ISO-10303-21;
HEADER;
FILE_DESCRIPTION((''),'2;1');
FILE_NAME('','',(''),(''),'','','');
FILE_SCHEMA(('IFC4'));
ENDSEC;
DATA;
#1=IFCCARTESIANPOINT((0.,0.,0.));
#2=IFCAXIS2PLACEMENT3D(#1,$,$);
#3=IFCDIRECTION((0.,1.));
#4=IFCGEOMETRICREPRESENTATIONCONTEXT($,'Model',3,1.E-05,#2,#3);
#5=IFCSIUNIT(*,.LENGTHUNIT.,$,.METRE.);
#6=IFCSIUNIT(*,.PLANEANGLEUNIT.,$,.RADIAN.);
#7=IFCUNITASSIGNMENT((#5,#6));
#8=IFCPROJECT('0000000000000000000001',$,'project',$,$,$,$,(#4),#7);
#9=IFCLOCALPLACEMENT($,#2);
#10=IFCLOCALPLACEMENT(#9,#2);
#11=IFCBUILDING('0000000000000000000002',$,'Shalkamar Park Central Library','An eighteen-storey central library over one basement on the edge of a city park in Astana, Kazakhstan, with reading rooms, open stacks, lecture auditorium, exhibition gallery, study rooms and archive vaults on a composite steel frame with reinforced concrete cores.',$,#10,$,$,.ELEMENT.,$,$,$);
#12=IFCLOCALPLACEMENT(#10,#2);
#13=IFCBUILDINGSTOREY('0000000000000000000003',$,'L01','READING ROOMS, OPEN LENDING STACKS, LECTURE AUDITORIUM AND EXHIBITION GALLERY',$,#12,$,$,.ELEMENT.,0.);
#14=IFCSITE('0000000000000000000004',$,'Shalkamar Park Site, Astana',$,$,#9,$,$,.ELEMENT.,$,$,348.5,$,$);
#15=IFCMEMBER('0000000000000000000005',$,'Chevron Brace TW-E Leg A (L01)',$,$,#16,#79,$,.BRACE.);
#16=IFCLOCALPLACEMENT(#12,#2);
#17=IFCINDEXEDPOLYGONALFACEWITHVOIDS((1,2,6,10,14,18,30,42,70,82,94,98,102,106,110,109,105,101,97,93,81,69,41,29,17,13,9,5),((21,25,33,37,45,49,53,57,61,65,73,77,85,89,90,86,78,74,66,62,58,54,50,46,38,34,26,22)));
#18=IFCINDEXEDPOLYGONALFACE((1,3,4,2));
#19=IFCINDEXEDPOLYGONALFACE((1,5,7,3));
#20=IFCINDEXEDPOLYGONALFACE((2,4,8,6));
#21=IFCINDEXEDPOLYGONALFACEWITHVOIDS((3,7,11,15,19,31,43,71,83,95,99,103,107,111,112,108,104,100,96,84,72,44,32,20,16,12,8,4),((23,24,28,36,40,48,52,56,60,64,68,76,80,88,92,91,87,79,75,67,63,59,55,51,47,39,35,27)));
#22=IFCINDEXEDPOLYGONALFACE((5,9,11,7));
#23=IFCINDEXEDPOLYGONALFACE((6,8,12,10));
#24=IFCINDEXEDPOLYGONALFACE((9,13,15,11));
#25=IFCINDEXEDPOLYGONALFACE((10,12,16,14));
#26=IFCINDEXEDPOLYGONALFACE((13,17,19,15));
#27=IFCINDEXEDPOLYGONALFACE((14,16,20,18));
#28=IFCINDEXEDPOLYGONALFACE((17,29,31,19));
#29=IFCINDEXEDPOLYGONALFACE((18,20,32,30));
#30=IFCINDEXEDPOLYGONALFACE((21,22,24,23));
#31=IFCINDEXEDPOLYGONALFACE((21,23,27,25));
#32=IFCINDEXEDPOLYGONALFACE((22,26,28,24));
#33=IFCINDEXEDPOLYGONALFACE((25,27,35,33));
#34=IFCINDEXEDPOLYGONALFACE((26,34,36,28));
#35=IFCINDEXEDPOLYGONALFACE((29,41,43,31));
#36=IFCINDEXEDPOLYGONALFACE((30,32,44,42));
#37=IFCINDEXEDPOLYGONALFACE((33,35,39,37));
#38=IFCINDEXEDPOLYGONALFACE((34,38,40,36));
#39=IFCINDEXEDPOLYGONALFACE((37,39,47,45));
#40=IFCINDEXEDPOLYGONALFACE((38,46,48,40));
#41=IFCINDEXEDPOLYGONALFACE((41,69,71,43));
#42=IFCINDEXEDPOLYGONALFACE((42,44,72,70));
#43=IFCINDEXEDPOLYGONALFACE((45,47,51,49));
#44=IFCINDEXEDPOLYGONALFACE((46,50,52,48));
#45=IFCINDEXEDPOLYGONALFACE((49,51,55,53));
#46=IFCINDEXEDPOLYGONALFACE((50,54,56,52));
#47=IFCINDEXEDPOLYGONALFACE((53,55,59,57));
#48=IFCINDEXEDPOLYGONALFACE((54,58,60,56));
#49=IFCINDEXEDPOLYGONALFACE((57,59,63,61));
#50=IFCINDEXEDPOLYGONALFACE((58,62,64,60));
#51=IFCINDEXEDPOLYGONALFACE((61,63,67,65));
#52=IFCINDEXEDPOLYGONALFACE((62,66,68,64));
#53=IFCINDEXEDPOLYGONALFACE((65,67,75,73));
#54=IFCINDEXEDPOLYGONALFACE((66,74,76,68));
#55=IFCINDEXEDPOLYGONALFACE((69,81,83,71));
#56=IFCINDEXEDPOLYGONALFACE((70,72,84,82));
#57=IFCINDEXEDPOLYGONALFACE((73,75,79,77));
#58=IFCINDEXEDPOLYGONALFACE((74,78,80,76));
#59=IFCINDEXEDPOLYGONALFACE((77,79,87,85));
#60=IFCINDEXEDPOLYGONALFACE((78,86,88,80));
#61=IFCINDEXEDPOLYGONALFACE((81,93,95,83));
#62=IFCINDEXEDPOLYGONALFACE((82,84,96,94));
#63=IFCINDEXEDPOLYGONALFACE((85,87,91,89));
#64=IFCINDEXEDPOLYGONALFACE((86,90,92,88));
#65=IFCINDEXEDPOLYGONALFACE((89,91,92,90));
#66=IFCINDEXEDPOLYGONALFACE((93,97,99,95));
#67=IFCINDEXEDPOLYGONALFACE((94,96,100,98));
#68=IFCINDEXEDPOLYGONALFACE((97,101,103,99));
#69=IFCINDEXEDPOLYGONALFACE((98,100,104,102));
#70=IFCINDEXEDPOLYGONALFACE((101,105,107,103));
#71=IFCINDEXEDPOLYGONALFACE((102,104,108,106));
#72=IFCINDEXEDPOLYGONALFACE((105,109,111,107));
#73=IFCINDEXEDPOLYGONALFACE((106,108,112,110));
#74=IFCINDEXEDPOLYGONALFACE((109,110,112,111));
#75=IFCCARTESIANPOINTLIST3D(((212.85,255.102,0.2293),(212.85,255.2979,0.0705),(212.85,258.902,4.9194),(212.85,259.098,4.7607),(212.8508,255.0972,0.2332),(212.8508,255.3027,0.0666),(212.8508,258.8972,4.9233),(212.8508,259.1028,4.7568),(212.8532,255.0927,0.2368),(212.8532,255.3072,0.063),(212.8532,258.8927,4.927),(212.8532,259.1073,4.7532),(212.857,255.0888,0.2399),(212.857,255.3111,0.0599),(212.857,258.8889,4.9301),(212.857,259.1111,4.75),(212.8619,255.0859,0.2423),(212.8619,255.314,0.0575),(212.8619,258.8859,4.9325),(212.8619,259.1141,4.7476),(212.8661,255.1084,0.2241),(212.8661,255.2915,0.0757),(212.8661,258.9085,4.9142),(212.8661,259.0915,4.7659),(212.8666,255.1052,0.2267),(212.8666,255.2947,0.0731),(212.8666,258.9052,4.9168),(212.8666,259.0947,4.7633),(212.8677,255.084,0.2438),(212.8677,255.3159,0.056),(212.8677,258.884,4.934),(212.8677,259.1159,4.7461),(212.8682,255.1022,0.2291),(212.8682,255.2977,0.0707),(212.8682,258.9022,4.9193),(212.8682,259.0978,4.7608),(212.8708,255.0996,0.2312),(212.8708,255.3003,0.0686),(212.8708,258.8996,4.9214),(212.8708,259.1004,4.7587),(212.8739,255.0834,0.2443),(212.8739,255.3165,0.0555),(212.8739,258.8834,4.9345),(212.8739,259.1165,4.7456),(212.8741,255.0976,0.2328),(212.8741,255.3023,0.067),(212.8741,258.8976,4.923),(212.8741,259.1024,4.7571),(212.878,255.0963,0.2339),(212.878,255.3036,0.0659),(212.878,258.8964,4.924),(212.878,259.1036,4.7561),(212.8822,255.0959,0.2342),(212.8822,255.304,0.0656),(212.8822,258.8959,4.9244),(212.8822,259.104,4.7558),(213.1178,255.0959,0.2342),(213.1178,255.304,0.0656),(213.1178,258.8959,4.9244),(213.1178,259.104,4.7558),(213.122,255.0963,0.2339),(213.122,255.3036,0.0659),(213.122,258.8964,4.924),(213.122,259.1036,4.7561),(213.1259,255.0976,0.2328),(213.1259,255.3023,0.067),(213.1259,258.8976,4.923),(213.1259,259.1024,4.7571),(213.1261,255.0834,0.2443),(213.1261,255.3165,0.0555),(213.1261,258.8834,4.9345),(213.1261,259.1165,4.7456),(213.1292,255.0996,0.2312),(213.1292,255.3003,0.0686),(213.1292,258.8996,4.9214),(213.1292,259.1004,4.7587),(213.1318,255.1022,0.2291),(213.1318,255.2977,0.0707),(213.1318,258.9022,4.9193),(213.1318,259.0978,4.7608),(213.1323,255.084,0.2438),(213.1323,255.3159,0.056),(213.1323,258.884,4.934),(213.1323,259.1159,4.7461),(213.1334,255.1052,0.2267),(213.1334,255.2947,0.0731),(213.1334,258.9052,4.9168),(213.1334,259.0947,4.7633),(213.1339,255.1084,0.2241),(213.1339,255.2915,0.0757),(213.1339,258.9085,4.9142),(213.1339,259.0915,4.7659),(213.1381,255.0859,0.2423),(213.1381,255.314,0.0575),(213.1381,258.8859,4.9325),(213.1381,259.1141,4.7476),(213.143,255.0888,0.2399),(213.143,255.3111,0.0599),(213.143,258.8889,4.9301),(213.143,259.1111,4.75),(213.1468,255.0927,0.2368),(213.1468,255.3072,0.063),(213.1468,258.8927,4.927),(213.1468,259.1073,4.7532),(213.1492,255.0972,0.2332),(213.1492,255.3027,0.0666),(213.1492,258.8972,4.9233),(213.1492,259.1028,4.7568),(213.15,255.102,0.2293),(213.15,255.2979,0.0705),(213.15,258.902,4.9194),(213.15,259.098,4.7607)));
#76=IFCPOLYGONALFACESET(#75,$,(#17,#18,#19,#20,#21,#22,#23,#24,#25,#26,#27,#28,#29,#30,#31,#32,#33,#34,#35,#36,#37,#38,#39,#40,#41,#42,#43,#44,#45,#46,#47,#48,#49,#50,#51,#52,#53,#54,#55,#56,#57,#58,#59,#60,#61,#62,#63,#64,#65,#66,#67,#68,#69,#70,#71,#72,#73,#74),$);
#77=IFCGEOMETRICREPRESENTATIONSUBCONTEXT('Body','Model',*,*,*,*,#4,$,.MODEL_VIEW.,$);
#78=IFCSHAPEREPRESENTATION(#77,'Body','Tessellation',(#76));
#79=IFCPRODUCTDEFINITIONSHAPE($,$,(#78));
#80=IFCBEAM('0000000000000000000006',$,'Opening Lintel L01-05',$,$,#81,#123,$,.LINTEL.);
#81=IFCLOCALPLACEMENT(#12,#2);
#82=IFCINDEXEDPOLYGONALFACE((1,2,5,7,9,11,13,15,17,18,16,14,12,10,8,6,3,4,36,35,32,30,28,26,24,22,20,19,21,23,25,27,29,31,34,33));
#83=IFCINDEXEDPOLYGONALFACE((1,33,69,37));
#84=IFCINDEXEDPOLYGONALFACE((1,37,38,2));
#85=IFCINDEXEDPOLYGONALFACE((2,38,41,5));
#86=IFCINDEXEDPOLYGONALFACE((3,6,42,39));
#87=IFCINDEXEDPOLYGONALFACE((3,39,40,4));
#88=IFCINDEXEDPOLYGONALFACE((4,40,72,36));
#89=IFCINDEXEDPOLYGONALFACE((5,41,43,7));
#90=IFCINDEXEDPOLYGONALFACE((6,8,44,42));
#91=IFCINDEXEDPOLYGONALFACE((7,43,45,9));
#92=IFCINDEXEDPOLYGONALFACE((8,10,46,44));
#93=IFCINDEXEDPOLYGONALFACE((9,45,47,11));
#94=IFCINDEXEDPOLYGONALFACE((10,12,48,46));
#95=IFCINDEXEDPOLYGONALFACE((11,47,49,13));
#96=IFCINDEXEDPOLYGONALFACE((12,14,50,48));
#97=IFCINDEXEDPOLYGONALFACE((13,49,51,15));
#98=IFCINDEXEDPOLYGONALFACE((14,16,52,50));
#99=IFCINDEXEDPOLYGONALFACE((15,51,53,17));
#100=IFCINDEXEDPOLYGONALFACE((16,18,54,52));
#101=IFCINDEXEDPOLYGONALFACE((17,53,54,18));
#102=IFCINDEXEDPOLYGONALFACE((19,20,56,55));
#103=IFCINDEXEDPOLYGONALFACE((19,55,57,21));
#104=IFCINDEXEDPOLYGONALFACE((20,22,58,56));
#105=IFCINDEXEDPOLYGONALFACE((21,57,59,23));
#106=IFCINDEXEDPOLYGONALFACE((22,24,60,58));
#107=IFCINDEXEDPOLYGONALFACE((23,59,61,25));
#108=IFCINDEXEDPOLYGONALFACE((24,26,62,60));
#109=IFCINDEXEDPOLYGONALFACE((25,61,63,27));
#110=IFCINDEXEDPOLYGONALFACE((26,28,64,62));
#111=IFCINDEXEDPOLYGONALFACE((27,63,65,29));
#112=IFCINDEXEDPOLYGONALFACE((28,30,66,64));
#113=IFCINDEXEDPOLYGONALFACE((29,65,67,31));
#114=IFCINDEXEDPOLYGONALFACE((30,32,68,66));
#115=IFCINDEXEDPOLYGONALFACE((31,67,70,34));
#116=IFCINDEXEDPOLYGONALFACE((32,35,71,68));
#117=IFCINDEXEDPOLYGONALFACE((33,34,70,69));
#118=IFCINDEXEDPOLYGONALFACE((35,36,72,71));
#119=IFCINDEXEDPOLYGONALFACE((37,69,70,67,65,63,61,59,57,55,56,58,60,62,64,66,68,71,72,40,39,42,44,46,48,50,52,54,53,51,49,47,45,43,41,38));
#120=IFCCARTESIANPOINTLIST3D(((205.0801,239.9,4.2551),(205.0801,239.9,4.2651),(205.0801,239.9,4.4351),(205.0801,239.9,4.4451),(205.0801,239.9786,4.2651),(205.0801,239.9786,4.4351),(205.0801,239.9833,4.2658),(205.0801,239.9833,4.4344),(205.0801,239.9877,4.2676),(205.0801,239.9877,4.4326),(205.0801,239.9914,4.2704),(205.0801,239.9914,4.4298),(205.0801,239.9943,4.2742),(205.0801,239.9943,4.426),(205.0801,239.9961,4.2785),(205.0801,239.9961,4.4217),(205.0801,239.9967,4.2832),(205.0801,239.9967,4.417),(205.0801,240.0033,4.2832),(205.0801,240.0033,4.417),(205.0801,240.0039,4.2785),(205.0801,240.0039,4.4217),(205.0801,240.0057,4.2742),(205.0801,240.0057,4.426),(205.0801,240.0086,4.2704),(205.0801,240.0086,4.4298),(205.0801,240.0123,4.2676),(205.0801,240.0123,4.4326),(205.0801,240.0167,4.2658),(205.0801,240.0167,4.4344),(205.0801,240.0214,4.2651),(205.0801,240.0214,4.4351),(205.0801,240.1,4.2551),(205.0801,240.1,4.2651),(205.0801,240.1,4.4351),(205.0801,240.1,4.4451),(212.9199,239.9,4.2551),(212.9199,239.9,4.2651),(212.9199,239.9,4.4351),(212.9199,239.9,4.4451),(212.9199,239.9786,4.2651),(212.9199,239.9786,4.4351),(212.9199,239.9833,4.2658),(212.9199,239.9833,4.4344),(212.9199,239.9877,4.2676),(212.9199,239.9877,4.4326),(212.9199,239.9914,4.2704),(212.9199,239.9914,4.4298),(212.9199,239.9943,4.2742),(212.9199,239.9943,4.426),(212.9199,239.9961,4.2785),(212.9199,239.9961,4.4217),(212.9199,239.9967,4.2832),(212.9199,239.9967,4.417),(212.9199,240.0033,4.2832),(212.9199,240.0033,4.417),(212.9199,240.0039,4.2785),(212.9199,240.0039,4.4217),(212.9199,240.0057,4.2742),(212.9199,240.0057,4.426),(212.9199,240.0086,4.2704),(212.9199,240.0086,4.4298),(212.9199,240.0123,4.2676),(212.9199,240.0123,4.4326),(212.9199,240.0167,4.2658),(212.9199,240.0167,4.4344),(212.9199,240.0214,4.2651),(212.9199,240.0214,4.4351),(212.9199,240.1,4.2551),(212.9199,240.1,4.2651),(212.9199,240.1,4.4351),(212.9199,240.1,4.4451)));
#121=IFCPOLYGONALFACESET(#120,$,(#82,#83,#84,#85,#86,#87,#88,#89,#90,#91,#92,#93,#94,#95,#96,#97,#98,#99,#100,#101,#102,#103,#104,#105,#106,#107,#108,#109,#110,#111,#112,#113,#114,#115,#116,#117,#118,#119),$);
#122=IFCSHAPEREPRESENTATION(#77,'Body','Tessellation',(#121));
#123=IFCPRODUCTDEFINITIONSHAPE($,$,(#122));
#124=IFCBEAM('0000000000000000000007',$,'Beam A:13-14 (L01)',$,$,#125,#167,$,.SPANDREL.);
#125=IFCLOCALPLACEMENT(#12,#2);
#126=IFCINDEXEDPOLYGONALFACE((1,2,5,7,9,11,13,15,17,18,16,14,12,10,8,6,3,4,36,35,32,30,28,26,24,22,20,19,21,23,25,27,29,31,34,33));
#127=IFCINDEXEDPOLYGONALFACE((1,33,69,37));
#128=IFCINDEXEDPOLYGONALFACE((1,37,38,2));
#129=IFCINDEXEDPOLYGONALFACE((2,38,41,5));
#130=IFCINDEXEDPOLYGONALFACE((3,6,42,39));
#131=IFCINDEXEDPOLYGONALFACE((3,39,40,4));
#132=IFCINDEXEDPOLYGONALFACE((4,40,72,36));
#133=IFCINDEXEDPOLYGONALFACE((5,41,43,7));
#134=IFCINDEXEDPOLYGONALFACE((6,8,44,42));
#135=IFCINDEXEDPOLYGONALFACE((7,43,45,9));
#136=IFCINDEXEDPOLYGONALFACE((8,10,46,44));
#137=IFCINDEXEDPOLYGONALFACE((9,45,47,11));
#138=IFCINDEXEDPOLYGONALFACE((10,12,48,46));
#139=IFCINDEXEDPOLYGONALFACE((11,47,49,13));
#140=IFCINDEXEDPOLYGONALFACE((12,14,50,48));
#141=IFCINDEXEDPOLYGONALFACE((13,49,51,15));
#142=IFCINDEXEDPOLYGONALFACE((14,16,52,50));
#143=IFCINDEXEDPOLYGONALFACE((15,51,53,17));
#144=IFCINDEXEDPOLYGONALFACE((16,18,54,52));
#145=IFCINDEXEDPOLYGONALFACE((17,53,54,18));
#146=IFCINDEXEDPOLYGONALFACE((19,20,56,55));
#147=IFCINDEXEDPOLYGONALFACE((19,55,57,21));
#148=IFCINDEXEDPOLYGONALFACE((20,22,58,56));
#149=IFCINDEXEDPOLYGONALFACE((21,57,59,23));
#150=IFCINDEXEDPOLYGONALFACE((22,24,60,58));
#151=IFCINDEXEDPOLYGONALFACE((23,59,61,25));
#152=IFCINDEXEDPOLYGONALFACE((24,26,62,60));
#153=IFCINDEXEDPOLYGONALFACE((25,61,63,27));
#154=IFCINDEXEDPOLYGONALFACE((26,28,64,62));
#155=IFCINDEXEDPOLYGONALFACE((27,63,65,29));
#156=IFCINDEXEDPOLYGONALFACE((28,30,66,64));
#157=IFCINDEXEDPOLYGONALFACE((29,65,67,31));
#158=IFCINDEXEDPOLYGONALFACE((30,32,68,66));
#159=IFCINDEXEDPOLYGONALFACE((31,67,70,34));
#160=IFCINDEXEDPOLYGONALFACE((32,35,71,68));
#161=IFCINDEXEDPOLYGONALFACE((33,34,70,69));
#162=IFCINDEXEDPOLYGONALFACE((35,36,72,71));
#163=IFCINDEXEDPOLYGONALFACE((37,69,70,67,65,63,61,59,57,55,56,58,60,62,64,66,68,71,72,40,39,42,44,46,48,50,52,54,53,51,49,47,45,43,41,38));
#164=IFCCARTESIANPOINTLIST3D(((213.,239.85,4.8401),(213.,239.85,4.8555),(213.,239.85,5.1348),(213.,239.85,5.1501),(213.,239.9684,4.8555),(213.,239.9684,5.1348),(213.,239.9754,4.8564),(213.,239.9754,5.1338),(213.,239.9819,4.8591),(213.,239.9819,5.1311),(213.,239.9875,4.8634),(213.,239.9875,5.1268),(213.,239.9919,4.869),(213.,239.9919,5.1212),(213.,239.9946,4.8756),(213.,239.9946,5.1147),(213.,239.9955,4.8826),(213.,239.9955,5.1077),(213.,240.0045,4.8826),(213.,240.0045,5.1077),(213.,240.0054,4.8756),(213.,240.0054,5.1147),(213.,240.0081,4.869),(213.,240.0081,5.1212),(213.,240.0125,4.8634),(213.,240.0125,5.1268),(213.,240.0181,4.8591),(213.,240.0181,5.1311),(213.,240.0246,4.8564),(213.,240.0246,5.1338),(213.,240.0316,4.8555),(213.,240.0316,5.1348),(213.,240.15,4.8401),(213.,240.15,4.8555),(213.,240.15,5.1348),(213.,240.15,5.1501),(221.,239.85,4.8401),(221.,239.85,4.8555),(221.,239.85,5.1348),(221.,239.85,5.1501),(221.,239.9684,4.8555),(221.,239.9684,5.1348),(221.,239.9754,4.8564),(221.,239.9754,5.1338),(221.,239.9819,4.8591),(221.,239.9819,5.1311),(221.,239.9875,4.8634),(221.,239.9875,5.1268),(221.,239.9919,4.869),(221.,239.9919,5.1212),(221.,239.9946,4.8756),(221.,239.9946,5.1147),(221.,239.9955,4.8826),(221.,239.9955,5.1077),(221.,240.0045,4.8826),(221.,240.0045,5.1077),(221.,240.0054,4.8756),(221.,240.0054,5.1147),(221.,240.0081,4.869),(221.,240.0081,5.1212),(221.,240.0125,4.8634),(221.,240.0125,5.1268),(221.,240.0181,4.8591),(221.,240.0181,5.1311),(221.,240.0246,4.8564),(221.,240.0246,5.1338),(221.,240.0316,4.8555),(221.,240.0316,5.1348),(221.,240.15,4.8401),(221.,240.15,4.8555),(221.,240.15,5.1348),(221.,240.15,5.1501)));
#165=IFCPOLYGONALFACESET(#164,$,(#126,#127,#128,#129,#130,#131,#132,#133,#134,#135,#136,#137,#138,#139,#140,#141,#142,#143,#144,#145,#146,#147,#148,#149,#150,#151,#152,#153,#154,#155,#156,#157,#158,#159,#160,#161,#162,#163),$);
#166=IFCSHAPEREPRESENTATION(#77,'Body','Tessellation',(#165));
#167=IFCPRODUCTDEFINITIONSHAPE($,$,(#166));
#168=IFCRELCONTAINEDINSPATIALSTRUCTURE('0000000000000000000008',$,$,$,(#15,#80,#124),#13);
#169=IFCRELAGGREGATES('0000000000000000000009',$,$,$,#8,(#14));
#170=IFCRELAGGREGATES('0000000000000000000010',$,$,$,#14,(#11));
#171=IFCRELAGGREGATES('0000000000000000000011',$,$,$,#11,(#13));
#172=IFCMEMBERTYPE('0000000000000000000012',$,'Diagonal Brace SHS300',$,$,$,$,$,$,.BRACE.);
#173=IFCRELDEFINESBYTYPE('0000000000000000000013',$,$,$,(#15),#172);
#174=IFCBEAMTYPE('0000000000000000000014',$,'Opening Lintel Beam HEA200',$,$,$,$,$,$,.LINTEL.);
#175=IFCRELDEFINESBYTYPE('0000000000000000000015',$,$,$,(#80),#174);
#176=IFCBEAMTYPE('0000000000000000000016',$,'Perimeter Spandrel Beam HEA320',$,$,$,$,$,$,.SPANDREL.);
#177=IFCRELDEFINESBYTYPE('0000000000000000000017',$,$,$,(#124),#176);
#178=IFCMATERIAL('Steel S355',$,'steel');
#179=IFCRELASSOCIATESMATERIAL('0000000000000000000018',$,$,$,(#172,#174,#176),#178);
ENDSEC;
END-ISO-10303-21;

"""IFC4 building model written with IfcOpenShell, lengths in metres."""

from ifc_helpers import new_model, si_unit, direction, frame, origin, origin_2d, place, context, subcontext, project, spatial, hollow_rectangle, i_section, extrude, material, material_profile, profile_set, type_object, element, save


model = new_model("IFC4")

# Units and contexts
model_context = context("Model", 3, precision=1e-05, world=origin(), true_north=direction((0.0, 1.0)))
body_context = subcontext(model_context, "Body", "Model", "MODEL_VIEW")
ifc_project = project(units=[si_unit("LENGTHUNIT", "METRE"), si_unit("PLANEANGLEUNIT", "RADIAN")], contexts=[model_context])

# Site, building, storey
site_placement = place(None, origin())
site = spatial("IfcSite", under=ifc_project, at=site_placement, Name="Shalkamar Park Site, Astana", CompositionType="ELEMENT", RefElevation=348.5)
building_placement = place(site_placement, origin())
building = spatial("IfcBuilding", under=site, at=building_placement, Name="Shalkamar Park Central Library", Description="An eighteen-storey central library over one basement on the edge of a city park in Astana, Kazakhstan, with reading rooms, open stacks, lecture auditorium, exhibition gallery, study rooms and archive vaults on a composite steel frame with reinforced concrete cores.", CompositionType="ELEMENT")
storey_placement = place(building_placement, origin())
storey = spatial("IfcBuildingStorey", under=building, at=storey_placement, Name="L01", Description="READING ROOMS, OPEN LENDING STACKS, LECTURE AUDITORIUM AND EXHIBITION GALLERY", CompositionType="ELEMENT", Elevation=0.0)

# Shared definitions
ifc_material_1 = material(Name="Steel S355", Category="steel")

# Member
ifc_material_profile_1 = material_profile(ifc_material_1, hollow_rectangle(XDim=0.3, YDim=0.3, WallThickness=0.0161, InnerFilletRadius=0.0161, OuterFilletRadius=0.0239, at=origin_2d()), Name="SHS 300x300x16")
ifc_profile_set_1 = profile_set([ifc_material_profile_1], Name="Steel S355")
member_type = type_object("IfcMemberType", Name="Diagonal Brace SHS300", PredefinedType="BRACE", material=ifc_profile_set_1)
member_placement = place(storey_placement, frame((213.0, 255.2, 0.1499), z_axis=(0.0, 0.629522, 0.776983), x_axis=(-1.0, 0.0, 0.0)))
element("IfcMember", 1, at=member_placement, inside=storey, type_object=member_type, Name="Chevron Brace TW-E Leg A (L01)", PredefinedType="BRACE", context=body_context, shape_type="SweptSolid", body=[
    extrude(hollow_rectangle(XDim=0.3, YDim=0.3, WallThickness=0.0161, InnerFilletRadius=0.0161, OuterFilletRadius=0.0239, at=origin_2d()), origin(), (0.0, 0.0, 1.0), 6.0364),
])

# Beams
ifc_material_profile_2 = material_profile(ifc_material_1, i_section(OverallWidth=0.2, OverallDepth=0.1899, WebThickness=0.0066, FlangeThickness=0.01, FilletRadius=0.0181, at=origin_2d()), Name="HEA 200")
ifc_profile_set_2 = profile_set([ifc_material_profile_2], Name="Steel S355")
beam_type_1 = type_object("IfcBeamType", Name="Opening Lintel Beam HEA200", PredefinedType="LINTEL", material=ifc_profile_set_2)
beam_1_placement = place(storey_placement, frame((205.0801, 240.0, 4.3501), z_axis=(1.0, 0.0, 0.0), x_axis=(0.0, 1.0, 0.0)))
element("IfcBeam", 2, at=beam_1_placement, inside=storey, type_object=beam_type_1, Name="Opening Lintel L01-05", PredefinedType="LINTEL", context=body_context, shape_type="SweptSolid", body=[
    extrude(i_section(OverallWidth=0.2, OverallDepth=0.1899, WebThickness=0.0066, FlangeThickness=0.01, FilletRadius=0.0181, at=origin_2d()), origin(), (0.0, 0.0, 1.0), 7.8398),
])
ifc_material_profile_3 = material_profile(ifc_material_1, i_section(OverallWidth=0.3, OverallDepth=0.3101, WebThickness=0.009, FlangeThickness=0.0154, FilletRadius=0.0271, at=origin_2d()), Name="HEA 320")
ifc_profile_set_3 = profile_set([ifc_material_profile_3], Name="Steel S355")
beam_type_2 = type_object("IfcBeamType", Name="Perimeter Spandrel Beam HEA320", PredefinedType="SPANDREL", material=ifc_profile_set_3)
for number, where, z_axis, x_axis, name in (
    (3, (213.0, 240.0, 4.9951), (1.0, 0.0, 0.0), (0.0, 1.0, 0.0), "Beam A:13-14 (L01)"),
):
    element("IfcBeam", number, at=place(storey_placement, frame(where, z_axis=z_axis, x_axis=x_axis)), inside=storey, type_object=beam_type_2, Name=name, PredefinedType="SPANDREL", context=body_context, shape_type="SweptSolid", body=[
        extrude(i_section(OverallWidth=0.3, OverallDepth=0.3101, WebThickness=0.009, FlangeThickness=0.0154, FilletRadius=0.0271, at=origin_2d()), origin(), (0.0, 0.0, 1.0), 8.0),
    ])

save(model, "model.ifc")
